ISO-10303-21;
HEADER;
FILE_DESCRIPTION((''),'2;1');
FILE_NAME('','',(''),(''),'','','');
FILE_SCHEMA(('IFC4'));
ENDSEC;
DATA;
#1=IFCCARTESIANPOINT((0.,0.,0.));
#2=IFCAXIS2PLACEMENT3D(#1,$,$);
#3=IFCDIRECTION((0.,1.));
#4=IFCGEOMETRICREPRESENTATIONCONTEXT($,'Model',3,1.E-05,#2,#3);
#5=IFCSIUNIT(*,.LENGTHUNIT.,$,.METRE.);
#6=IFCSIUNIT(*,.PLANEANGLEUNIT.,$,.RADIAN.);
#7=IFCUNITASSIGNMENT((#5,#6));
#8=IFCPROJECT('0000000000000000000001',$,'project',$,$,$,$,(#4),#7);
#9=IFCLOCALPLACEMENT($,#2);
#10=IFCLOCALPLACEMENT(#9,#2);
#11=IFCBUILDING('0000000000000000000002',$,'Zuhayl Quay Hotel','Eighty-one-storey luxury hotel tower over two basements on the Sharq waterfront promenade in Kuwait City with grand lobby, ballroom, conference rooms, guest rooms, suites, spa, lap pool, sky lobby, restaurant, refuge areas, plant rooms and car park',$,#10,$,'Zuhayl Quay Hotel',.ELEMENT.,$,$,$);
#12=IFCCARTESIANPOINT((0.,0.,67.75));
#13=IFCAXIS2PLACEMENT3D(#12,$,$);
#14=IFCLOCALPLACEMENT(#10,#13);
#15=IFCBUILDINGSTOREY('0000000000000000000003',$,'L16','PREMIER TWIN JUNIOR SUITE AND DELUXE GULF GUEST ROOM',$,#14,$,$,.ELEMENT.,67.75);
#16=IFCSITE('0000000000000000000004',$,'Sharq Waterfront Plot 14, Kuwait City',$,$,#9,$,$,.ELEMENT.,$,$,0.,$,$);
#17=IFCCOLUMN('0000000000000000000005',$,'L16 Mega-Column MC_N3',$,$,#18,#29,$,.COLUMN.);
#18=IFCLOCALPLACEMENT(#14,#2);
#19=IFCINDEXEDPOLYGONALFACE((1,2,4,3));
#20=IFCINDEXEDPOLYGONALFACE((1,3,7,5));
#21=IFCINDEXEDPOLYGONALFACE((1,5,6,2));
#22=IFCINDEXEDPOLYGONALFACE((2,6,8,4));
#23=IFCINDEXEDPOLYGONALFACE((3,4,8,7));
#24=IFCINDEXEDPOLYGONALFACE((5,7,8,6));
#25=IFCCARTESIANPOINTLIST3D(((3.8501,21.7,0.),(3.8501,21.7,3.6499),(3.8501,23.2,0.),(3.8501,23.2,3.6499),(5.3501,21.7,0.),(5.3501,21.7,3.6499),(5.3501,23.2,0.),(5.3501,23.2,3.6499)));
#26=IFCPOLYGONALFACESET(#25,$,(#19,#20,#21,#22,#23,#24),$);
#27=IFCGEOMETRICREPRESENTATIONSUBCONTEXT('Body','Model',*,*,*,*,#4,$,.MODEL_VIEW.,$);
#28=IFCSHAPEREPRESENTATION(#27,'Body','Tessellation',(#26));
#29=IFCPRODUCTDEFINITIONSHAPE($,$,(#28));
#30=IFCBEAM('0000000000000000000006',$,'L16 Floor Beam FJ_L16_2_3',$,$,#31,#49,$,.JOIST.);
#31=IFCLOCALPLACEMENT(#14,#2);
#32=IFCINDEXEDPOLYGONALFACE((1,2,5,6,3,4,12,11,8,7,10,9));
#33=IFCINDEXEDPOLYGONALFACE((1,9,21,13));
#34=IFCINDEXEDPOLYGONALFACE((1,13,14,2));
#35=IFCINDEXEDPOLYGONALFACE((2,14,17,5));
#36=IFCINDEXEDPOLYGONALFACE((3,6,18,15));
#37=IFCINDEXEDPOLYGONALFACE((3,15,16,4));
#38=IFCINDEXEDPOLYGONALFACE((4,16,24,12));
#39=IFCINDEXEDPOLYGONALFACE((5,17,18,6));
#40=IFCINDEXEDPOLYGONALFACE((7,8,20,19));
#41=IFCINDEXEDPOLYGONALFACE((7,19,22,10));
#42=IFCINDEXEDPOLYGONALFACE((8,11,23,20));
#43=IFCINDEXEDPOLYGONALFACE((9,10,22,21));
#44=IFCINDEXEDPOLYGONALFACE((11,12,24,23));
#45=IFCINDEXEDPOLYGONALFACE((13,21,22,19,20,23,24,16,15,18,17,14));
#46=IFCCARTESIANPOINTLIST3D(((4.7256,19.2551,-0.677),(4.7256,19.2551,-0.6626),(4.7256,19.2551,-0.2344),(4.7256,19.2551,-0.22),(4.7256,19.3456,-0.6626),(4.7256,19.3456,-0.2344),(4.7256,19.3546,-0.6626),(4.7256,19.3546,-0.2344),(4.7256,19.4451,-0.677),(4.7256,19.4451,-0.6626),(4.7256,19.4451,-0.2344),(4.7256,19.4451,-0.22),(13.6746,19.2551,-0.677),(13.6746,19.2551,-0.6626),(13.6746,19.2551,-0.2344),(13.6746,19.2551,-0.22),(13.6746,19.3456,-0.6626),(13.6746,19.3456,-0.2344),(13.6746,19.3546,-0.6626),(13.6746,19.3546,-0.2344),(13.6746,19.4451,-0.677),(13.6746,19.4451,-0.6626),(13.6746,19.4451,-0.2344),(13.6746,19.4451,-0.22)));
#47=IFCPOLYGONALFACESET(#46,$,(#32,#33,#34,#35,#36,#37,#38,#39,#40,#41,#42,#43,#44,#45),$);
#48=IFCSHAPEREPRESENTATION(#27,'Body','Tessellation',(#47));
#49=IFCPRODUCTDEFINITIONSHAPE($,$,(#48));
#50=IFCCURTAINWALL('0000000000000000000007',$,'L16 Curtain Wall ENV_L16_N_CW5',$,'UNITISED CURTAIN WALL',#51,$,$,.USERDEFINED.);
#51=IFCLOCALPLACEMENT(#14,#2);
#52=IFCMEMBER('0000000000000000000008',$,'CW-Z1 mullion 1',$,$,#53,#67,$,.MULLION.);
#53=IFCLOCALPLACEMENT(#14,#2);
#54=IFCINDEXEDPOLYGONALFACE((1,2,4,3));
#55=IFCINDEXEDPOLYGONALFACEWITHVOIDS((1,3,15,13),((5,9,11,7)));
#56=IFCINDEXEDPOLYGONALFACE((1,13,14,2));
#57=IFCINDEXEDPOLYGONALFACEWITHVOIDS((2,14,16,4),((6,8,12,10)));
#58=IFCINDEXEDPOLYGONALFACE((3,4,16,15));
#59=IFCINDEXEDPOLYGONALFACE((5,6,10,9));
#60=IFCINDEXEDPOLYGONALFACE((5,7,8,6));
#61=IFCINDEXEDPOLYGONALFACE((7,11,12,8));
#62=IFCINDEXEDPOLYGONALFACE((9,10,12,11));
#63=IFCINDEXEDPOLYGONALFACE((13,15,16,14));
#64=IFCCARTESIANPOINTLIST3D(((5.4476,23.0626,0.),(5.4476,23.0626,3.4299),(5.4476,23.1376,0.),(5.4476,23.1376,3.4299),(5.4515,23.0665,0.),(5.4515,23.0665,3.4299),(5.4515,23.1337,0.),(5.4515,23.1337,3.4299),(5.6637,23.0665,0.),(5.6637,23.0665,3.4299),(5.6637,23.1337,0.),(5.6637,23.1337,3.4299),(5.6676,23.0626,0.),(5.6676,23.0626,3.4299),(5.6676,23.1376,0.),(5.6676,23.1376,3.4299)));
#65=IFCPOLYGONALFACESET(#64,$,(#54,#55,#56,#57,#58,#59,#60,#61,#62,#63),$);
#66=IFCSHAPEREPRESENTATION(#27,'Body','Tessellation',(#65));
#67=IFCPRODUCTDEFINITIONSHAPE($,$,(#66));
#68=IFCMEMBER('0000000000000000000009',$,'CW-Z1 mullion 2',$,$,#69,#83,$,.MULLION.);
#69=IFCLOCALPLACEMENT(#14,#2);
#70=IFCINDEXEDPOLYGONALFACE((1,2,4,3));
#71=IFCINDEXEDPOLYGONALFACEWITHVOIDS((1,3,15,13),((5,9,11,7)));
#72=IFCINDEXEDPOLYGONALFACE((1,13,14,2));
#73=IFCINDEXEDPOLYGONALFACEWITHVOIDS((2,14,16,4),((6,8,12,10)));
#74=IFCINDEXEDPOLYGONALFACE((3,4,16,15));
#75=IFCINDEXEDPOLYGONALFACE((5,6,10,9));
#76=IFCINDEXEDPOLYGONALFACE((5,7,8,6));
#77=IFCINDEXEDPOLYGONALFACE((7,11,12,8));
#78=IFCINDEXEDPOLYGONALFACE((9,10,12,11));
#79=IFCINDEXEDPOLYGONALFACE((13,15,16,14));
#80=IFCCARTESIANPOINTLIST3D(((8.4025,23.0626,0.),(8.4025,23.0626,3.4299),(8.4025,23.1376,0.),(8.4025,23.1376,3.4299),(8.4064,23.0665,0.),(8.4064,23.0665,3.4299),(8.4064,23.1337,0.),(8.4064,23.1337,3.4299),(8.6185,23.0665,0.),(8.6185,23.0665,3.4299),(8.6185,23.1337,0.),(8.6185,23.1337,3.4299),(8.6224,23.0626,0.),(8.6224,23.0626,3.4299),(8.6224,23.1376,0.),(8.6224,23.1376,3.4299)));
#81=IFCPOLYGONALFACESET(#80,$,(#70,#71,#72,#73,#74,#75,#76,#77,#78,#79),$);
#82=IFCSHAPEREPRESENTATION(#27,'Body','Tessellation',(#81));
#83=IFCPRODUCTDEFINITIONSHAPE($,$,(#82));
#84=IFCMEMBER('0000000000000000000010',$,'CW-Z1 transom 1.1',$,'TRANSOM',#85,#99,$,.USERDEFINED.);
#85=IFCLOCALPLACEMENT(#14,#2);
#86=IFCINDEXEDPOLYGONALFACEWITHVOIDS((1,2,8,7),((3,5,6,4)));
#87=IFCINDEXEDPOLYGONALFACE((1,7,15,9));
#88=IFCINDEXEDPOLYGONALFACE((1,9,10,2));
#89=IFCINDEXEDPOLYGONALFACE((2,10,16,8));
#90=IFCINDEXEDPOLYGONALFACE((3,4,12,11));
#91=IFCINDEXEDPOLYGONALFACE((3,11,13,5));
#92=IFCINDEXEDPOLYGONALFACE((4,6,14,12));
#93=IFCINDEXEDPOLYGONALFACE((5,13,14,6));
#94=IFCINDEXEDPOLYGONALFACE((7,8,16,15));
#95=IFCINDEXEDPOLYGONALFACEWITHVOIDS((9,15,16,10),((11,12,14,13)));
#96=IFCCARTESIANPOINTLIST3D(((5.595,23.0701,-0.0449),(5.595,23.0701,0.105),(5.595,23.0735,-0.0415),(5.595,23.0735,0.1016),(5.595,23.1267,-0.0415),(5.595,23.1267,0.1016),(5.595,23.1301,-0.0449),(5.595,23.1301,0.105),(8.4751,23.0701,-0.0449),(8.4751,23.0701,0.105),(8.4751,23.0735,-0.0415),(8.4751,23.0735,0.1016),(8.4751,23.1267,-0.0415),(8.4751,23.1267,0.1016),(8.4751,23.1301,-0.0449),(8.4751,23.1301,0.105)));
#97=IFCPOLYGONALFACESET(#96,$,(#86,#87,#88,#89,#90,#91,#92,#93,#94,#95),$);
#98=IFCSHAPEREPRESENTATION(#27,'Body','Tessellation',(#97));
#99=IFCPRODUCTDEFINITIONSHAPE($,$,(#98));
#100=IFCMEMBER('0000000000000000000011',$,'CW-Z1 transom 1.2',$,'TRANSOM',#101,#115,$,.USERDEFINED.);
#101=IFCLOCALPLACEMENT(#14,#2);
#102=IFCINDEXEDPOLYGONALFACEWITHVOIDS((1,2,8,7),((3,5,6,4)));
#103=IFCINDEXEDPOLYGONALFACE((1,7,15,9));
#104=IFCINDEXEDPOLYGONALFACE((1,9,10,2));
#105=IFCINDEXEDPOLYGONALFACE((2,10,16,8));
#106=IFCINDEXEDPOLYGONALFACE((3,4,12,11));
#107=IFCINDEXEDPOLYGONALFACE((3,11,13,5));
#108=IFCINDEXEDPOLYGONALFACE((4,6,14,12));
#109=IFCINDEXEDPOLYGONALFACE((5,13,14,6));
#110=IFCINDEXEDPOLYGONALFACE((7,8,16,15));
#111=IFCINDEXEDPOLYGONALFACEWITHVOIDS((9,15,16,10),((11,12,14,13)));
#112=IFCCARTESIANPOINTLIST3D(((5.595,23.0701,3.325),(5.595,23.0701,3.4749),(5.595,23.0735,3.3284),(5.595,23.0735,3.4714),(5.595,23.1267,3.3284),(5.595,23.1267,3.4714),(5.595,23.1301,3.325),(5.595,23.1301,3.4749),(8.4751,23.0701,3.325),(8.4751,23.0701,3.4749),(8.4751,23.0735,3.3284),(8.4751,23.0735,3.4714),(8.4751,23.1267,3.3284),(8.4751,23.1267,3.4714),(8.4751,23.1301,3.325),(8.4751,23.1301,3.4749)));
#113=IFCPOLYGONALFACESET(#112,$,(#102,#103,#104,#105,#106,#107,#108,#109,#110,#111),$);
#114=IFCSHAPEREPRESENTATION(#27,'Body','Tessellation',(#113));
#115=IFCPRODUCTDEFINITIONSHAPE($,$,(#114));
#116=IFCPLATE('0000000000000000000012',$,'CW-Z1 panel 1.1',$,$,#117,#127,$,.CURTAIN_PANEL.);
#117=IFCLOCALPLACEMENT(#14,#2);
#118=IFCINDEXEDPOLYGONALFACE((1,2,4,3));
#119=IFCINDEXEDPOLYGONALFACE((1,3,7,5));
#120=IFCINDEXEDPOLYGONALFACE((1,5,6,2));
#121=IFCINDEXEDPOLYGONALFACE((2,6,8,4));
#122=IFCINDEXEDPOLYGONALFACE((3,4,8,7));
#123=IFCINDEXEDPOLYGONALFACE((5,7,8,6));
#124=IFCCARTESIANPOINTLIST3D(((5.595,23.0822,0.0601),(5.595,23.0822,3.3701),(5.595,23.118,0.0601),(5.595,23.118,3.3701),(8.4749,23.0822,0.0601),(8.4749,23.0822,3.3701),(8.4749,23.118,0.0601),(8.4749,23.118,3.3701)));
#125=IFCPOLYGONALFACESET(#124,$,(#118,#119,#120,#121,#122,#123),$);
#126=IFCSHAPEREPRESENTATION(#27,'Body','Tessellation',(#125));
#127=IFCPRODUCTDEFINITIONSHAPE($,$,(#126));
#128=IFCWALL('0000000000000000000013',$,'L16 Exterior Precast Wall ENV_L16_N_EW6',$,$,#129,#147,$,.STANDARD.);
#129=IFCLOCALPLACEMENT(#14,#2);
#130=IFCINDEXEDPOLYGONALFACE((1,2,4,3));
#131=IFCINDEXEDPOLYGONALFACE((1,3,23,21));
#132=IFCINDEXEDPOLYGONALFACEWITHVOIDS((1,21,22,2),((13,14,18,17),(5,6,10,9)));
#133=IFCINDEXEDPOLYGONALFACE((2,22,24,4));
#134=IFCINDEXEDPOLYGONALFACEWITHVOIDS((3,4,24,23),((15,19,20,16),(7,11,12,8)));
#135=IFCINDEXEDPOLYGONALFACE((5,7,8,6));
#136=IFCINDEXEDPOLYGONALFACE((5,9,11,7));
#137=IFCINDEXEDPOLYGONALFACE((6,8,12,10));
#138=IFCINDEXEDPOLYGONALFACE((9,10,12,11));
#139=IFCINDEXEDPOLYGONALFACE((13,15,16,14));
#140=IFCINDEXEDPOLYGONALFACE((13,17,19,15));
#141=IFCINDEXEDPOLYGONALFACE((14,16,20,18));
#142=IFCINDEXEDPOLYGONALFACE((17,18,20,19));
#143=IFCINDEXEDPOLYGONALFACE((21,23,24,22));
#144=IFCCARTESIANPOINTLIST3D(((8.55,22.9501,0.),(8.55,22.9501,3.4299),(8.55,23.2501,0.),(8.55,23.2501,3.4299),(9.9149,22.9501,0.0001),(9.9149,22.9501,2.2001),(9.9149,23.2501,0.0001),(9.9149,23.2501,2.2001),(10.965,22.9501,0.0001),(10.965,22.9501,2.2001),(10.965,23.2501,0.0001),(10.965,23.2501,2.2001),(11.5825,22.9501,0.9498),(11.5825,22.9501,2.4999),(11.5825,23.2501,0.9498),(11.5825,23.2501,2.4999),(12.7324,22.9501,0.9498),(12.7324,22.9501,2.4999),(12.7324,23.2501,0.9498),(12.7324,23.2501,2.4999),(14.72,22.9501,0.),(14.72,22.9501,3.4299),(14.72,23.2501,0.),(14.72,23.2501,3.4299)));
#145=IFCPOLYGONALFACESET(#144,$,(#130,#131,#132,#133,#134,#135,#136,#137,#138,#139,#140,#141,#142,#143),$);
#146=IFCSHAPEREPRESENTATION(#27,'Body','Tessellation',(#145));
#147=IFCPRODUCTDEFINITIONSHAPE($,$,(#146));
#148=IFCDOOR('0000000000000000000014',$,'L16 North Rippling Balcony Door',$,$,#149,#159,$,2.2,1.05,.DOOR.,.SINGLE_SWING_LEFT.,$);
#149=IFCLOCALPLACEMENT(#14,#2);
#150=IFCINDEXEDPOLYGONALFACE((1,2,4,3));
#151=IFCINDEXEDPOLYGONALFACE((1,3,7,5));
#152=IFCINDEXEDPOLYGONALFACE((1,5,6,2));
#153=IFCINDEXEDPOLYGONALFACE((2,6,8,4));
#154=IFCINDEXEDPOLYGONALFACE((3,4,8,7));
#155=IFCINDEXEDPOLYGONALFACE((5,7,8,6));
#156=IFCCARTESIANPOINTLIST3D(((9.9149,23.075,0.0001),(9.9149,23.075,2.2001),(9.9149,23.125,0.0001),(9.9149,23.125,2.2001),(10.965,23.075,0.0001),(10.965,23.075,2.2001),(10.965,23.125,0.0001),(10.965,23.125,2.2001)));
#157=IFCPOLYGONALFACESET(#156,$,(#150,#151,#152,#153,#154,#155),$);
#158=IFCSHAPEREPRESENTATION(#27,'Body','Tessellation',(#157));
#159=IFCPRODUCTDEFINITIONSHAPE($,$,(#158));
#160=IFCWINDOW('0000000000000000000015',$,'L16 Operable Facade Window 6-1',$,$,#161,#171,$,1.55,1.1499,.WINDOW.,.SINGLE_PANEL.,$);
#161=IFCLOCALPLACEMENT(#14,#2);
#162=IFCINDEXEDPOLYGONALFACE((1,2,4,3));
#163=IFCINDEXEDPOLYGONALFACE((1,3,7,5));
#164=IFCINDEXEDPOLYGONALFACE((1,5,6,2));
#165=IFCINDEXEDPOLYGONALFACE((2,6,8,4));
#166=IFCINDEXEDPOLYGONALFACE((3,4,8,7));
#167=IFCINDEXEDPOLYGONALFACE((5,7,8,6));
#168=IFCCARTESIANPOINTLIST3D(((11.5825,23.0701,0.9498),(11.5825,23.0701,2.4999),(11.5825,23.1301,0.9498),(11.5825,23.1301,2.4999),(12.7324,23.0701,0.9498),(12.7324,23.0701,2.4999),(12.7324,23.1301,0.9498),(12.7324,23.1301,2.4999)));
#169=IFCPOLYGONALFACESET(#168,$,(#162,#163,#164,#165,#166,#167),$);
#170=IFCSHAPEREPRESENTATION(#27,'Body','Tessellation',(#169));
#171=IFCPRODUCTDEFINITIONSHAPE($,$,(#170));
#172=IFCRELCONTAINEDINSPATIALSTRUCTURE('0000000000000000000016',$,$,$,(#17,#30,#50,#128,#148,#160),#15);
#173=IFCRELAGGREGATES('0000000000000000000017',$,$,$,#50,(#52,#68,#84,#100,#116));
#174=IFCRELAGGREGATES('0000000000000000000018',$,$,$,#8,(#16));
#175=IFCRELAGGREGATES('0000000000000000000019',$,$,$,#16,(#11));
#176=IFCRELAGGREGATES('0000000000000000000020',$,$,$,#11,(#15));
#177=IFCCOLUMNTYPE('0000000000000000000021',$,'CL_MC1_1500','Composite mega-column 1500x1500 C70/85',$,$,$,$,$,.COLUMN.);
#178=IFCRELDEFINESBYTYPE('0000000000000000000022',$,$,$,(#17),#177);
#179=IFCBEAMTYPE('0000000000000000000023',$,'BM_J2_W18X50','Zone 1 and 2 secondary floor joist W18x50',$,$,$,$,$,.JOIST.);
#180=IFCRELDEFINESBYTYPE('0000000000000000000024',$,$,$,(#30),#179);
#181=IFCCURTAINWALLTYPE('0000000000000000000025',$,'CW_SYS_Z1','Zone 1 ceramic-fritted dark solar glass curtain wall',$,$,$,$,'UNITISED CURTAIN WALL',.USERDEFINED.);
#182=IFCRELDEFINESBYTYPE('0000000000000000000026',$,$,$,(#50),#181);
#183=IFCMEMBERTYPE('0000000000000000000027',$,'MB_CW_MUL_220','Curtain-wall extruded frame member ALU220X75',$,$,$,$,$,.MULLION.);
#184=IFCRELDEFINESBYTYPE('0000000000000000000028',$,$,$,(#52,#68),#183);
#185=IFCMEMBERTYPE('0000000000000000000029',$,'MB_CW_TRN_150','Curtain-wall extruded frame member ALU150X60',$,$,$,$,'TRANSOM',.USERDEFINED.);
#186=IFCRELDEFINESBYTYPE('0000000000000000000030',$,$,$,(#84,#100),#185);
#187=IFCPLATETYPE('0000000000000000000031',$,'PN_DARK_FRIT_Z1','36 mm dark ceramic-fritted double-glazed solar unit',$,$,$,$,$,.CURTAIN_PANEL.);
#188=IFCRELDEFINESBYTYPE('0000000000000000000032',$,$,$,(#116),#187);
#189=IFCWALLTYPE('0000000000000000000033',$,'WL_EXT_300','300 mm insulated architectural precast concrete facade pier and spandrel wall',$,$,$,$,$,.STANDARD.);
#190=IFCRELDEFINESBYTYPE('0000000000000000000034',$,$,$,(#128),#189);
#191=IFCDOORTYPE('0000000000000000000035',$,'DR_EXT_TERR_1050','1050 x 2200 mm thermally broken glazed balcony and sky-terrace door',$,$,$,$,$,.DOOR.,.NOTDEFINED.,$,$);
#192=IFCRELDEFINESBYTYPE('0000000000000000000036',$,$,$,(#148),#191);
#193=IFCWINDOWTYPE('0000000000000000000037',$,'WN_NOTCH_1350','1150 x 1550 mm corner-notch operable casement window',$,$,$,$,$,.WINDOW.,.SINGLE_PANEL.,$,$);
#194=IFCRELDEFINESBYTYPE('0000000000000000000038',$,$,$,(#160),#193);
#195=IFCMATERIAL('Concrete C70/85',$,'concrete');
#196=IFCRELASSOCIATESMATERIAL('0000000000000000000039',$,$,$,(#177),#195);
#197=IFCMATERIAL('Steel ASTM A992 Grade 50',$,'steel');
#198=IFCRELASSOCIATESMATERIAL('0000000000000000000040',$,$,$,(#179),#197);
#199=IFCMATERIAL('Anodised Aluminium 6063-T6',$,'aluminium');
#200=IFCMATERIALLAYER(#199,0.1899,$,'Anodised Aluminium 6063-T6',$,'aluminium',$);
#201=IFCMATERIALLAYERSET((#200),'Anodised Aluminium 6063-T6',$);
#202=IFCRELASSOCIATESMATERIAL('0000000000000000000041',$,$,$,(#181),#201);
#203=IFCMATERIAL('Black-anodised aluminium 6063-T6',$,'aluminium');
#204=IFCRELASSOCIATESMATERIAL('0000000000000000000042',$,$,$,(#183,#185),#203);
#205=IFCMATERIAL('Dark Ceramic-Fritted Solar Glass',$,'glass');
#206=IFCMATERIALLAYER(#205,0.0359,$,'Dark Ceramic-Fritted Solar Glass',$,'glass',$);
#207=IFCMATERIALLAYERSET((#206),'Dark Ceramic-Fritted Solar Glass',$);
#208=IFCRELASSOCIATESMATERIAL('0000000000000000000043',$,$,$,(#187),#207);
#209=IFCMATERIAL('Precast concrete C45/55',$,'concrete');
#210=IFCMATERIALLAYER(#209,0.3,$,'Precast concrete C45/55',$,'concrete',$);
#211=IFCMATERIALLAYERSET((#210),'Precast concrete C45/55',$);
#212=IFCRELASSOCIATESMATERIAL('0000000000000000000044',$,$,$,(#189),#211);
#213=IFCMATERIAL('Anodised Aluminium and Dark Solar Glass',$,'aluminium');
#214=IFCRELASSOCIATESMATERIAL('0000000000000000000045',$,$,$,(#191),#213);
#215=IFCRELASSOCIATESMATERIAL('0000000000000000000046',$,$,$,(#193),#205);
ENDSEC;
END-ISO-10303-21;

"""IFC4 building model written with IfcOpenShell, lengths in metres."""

from ifc_helpers import new_model, si_unit, direction, frame, frame_2d, origin, origin_2d, place, context, subcontext, project, spatial, rectangle, hollow_rectangle, i_section, extrude, material, layer, layer_set, material_profile, profile_set, type_object, element, fill, aggregate, save


model = new_model("IFC4")

# Units and contexts
model_context = context("Model", 3, precision=1e-05, world=origin(), true_north=direction((0.0, 1.0)))
body_context = subcontext(model_context, "Body", "Model", "MODEL_VIEW")
ifc_project = project(units=[si_unit("LENGTHUNIT", "METRE"), si_unit("PLANEANGLEUNIT", "RADIAN")], contexts=[model_context])

# Site, building, storey
site_placement = place(None, origin())
site = spatial("IfcSite", under=ifc_project, at=site_placement, Name="Sharq Waterfront Plot 14, Kuwait City", CompositionType="ELEMENT", RefElevation=0.0)
building_placement = place(site_placement, origin())
building = spatial("IfcBuilding", under=site, at=building_placement, Name="Zuhayl Quay Hotel", Description="Eighty-one-storey luxury hotel tower over two basements on the Sharq waterfront promenade in Kuwait City with grand lobby, ballroom, conference rooms, guest rooms, suites, spa, lap pool, sky lobby, restaurant, refuge areas, plant rooms and car park", LongName="Zuhayl Quay Hotel", CompositionType="ELEMENT")
storey_placement = place(building_placement, frame((0.0, 0.0, 67.75)))
storey = spatial("IfcBuildingStorey", under=building, at=storey_placement, Name="L16", Description="PREMIER TWIN JUNIOR SUITE AND DELUXE GULF GUEST ROOM", CompositionType="ELEMENT", Elevation=67.75)

# Column
ifc_material_1 = material(Name="Concrete C70/85", Category="concrete")
ifc_material_profile_1 = material_profile(ifc_material_1, rectangle(XDim=1.5, YDim=1.5, at=origin_2d()), Name="RC1500X1500")
ifc_profile_set_1 = profile_set([ifc_material_profile_1], Name="Concrete C70/85")
column_type = type_object("IfcColumnType", Name="CL_MC1_1500", Description="Composite mega-column 1500x1500 C70/85", PredefinedType="COLUMN", material=ifc_profile_set_1)
column_placement = place(storey_placement, frame((4.6001, 22.45, 0.0), z_axis=(0.0, 0.0, 1.0), x_axis=(1.0, 0.0, 0.0)))
element("IfcColumn", 1, at=column_placement, inside=storey, type_object=column_type, Name="L16 Mega-Column MC_N3", PredefinedType="COLUMN", context=body_context, shape_type="SweptSolid", body=[
    extrude(rectangle(XDim=1.5, YDim=1.5, at=origin_2d()), origin(), (0.0, 0.0, 1.0), 3.6499),
])

# Beam
ifc_material_2 = material(Name="Steel ASTM A992 Grade 50", Category="steel")
ifc_material_profile_2 = material_profile(ifc_material_2, i_section(OverallWidth=0.1899, OverallDepth=0.457, WebThickness=0.009, FlangeThickness=0.0144, at=origin_2d()), Name="W18X50")
ifc_profile_set_2 = profile_set([ifc_material_profile_2], Name="Steel ASTM A992 Grade 50")
beam_type = type_object("IfcBeamType", Name="BM_J2_W18X50", Description="Zone 1 and 2 secondary floor joist W18x50", PredefinedType="JOIST", material=ifc_profile_set_2)
beam_placement = place(storey_placement, frame((4.7256, 19.3501, -0.4485), z_axis=(1.0, 0.0, 0.0), x_axis=(0.0, 1.0, 0.0)))
element("IfcBeam", 2, at=beam_placement, inside=storey, type_object=beam_type, Name="L16 Floor Beam FJ_L16_2_3", PredefinedType="JOIST", context=body_context, shape_type="SweptSolid", body=[
    extrude(i_section(OverallWidth=0.1899, OverallDepth=0.457, WebThickness=0.009, FlangeThickness=0.0144, at=origin_2d()), origin(), (0.0, 0.0, 1.0), 8.949),
])

# Curtain wall, members, plate
ifc_material_3 = material(Name="Anodised Aluminium 6063-T6", Category="aluminium")
ifc_layer_1 = layer(ifc_material_3, 0.1899, Name="Anodised Aluminium 6063-T6", Category="aluminium")
ifc_layer_set_1 = layer_set([ifc_layer_1], Name="Anodised Aluminium 6063-T6")
curtain_wall_type = type_object("IfcCurtainWallType", Name="CW_SYS_Z1", Description="Zone 1 ceramic-fritted dark solar glass curtain wall", ElementType="UNITISED CURTAIN WALL", PredefinedType="USERDEFINED", material=ifc_layer_set_1)
curtain_wall_placement = place(storey_placement, origin())
curtain_wall = element("IfcCurtainWall", 3, at=curtain_wall_placement, inside=storey, type_object=curtain_wall_type, Name="L16 Curtain Wall ENV_L16_N_CW5", ObjectType="UNITISED CURTAIN WALL", PredefinedType="USERDEFINED")
ifc_material_4 = material(Name="Black-anodised aluminium 6063-T6", Category="aluminium")
ifc_material_profile_3 = material_profile(ifc_material_4, hollow_rectangle(XDim=0.075, YDim=0.22, WallThickness=0.0039, at=origin_2d()), Name="ALU220X75")
ifc_profile_set_3 = profile_set([ifc_material_profile_3], Name="Black-anodised aluminium 6063-T6")
member_type_1 = type_object("IfcMemberType", Name="MB_CW_MUL_220", Description="Curtain-wall extruded frame member ALU220X75", PredefinedType="MULLION", material=ifc_profile_set_3)
member_1_placement = place(storey_placement, frame((5.5576, 23.1001, 0.0), z_axis=(0.0, 0.0, 1.0), x_axis=(0.0, 1.0, 0.0)))
member_1 = element("IfcMember", 4, at=member_1_placement, type_object=member_type_1, Name="CW-Z1 mullion 1", PredefinedType="MULLION", context=body_context, shape_type="SweptSolid", body=[
    extrude(hollow_rectangle(XDim=0.075, YDim=0.22, WallThickness=0.0039, at=origin_2d()), origin(), (0.0, 0.0, 1.0), 3.4299),
])
member_2_placement = place(storey_placement, frame((8.5125, 23.1001, 0.0), z_axis=(0.0, 0.0, 1.0), x_axis=(0.0, 1.0, 0.0)))
member_2 = element("IfcMember", 5, at=member_2_placement, type_object=member_type_1, Name="CW-Z1 mullion 2", PredefinedType="MULLION", context=body_context, shape_type="SweptSolid", body=[
    extrude(hollow_rectangle(XDim=0.075, YDim=0.22, WallThickness=0.0039, at=origin_2d()), origin(), (0.0, 0.0, 1.0), 3.4299),
])
ifc_material_profile_4 = material_profile(ifc_material_4, hollow_rectangle(XDim=0.0601, YDim=0.1499, WallThickness=0.0034, at=origin_2d()), Name="ALU150X60")
ifc_profile_set_4 = profile_set([ifc_material_profile_4], Name="Black-anodised aluminium 6063-T6")
member_type_2 = type_object("IfcMemberType", Name="MB_CW_TRN_150", Description="Curtain-wall extruded frame member ALU150X60", ElementType="TRANSOM", PredefinedType="USERDEFINED", material=ifc_profile_set_4)
member_3_placement = place(storey_placement, frame((5.595, 23.1001, 0.03), z_axis=(1.0, 0.0, 0.0), x_axis=(0.0, 1.0, 0.0)))
member_3 = element("IfcMember", 6, at=member_3_placement, type_object=member_type_2, Name="CW-Z1 transom 1.1", ObjectType="TRANSOM", PredefinedType="USERDEFINED", context=body_context, shape_type="SweptSolid", body=[
    extrude(hollow_rectangle(XDim=0.0601, YDim=0.1499, WallThickness=0.0034, at=origin_2d()), origin(), (0.0, 0.0, 1.0), 2.8801),
])
member_4_placement = place(storey_placement, frame((5.595, 23.1001, 3.3999), z_axis=(1.0, 0.0, 0.0), x_axis=(0.0, 1.0, 0.0)))
member_4 = element("IfcMember", 7, at=member_4_placement, type_object=member_type_2, Name="CW-Z1 transom 1.2", ObjectType="TRANSOM", PredefinedType="USERDEFINED", context=body_context, shape_type="SweptSolid", body=[
    extrude(hollow_rectangle(XDim=0.0601, YDim=0.1499, WallThickness=0.0034, at=origin_2d()), origin(), (0.0, 0.0, 1.0), 2.8801),
])
ifc_material_5 = material(Name="Dark Ceramic-Fritted Solar Glass", Category="glass")
ifc_layer_2 = layer(ifc_material_5, 0.0359, Name="Dark Ceramic-Fritted Solar Glass", Category="glass")
ifc_layer_set_2 = layer_set([ifc_layer_2], Name="Dark Ceramic-Fritted Solar Glass")
plate_type = type_object("IfcPlateType", Name="PN_DARK_FRIT_Z1", Description="36 mm dark ceramic-fritted double-glazed solar unit", PredefinedType="CURTAIN_PANEL", material=ifc_layer_set_2)
plate_placement = place(storey_placement, frame((7.0349, 23.1001, 0.0601), z_axis=(0.0, 0.0, 1.0), x_axis=(1.0, 0.0, 0.0)))
plate = element("IfcPlate", 8, at=plate_placement, type_object=plate_type, Name="CW-Z1 panel 1.1", PredefinedType="CURTAIN_PANEL", context=body_context, shape_type="SweptSolid", body=[
    extrude(rectangle(XDim=2.8799, YDim=0.0359, at=origin_2d()), origin(), (0.0, 0.0, 1.0), 3.3101),
])
aggregate(curtain_wall, [member_1, member_2, member_3, member_4, plate])

# Wall, openings, door, window
ifc_material_6 = material(Name="Precast concrete C45/55", Category="concrete")
ifc_layer_3 = layer(ifc_material_6, 0.3, Name="Precast concrete C45/55", Category="concrete")
ifc_layer_set_3 = layer_set([ifc_layer_3], Name="Precast concrete C45/55")
wall_type_1 = type_object("IfcWallType", Name="WL_EXT_300", Description="300 mm insulated architectural precast concrete facade pier and spandrel wall", PredefinedType="STANDARD", material=ifc_layer_set_3)
wall_1_placement = place(storey_placement, frame((8.55, 23.1001, 0.0), z_axis=(0.0, 0.0, 1.0), x_axis=(1.0, 0.0, 0.0)))
wall_1 = element("IfcWall", 9, at=wall_1_placement, inside=storey, type_object=wall_type_1, Name="L16 Exterior Precast Wall ENV_L16_N_EW6", PredefinedType="STANDARD", context=body_context, shape_type="SweptSolid", body=[
    extrude(rectangle(XDim=6.1699, YDim=0.3, at=frame_2d((3.085, 0.0))), origin(), (0.0, 0.0, 1.0), 3.4299),
])
opening_1_placement = place(wall_1_placement, frame((1.365, 0.0, 0.0)))
opening_1 = element("IfcOpeningElement", 10, at=opening_1_placement, cuts=wall_1, PredefinedType="OPENING", context=body_context, shape_type="SweptSolid", body=[
    extrude(rectangle(XDim=1.05, YDim=2.2, at=frame_2d((0.5249, 1.1001))), frame((0.0, 0.1599, 0.0), z_axis=(0.0, -1.0, 0.0), x_axis=(1.0, 0.0, 0.0)), (0.0, 0.0, 1.0), 0.3201),
])
opening_2_placement = place(wall_1_placement, frame((3.0325, 0.0, 0.95)))
opening_2 = element("IfcOpeningElement", 11, at=opening_2_placement, cuts=wall_1, PredefinedType="OPENING", context=body_context, shape_type="SweptSolid", body=[
    extrude(rectangle(XDim=1.1499, YDim=1.55, at=frame_2d((0.575, 0.7749))), frame((0.0, 0.1599, 0.0), z_axis=(0.0, -1.0, 0.0), x_axis=(1.0, 0.0, 0.0)), (0.0, 0.0, 1.0), 0.3201),
])
ifc_material_7 = material(Name="Anodised Aluminium and Dark Solar Glass", Category="aluminium")
door_type_1 = type_object("IfcDoorType", Name="DR_EXT_TERR_1050", Description="1050 x 2200 mm thermally broken glazed balcony and sky-terrace door", OperationType="NOTDEFINED", PredefinedType="DOOR", material=ifc_material_7)
door_1_placement = place(opening_1_placement, origin())
door_1 = element("IfcDoor", 12, at=door_1_placement, inside=storey, type_object=door_type_1, Name="L16 North Rippling Balcony Door", OperationType="SINGLE_SWING_LEFT", OverallHeight=2.2, OverallWidth=1.05, PredefinedType="DOOR", context=body_context, shape_type="SweptSolid", body=[
    extrude(rectangle(XDim=1.05, YDim=2.2, at=frame_2d((0.5249, 1.1001))), frame((0.0, 0.0249, 0.0), z_axis=(0.0, -1.0, 0.0), x_axis=(1.0, 0.0, 0.0)), (0.0, 0.0, 1.0), 0.05),
])
fill(opening_1, door_1)
window_type = type_object("IfcWindowType", Name="WN_NOTCH_1350", Description="1150 x 1550 mm corner-notch operable casement window", PartitioningType="SINGLE_PANEL", PredefinedType="WINDOW", material=ifc_material_5)
window_placement = place(opening_2_placement, origin())
window = element("IfcWindow", 13, at=window_placement, inside=storey, type_object=window_type, Name="L16 Operable Facade Window 6-1", OverallHeight=1.55, OverallWidth=1.1499, PartitioningType="SINGLE_PANEL", PredefinedType="WINDOW", context=body_context, shape_type="SweptSolid", body=[
    extrude(rectangle(XDim=1.1499, YDim=1.55, at=frame_2d((0.575, 0.7749))), frame((0.0, 0.03, 0.0), z_axis=(0.0, -1.0, 0.0), x_axis=(1.0, 0.0, 0.0)), (0.0, 0.0, 1.0), 0.0601),
])
fill(opening_2, window)

save(model, "model.ifc")
